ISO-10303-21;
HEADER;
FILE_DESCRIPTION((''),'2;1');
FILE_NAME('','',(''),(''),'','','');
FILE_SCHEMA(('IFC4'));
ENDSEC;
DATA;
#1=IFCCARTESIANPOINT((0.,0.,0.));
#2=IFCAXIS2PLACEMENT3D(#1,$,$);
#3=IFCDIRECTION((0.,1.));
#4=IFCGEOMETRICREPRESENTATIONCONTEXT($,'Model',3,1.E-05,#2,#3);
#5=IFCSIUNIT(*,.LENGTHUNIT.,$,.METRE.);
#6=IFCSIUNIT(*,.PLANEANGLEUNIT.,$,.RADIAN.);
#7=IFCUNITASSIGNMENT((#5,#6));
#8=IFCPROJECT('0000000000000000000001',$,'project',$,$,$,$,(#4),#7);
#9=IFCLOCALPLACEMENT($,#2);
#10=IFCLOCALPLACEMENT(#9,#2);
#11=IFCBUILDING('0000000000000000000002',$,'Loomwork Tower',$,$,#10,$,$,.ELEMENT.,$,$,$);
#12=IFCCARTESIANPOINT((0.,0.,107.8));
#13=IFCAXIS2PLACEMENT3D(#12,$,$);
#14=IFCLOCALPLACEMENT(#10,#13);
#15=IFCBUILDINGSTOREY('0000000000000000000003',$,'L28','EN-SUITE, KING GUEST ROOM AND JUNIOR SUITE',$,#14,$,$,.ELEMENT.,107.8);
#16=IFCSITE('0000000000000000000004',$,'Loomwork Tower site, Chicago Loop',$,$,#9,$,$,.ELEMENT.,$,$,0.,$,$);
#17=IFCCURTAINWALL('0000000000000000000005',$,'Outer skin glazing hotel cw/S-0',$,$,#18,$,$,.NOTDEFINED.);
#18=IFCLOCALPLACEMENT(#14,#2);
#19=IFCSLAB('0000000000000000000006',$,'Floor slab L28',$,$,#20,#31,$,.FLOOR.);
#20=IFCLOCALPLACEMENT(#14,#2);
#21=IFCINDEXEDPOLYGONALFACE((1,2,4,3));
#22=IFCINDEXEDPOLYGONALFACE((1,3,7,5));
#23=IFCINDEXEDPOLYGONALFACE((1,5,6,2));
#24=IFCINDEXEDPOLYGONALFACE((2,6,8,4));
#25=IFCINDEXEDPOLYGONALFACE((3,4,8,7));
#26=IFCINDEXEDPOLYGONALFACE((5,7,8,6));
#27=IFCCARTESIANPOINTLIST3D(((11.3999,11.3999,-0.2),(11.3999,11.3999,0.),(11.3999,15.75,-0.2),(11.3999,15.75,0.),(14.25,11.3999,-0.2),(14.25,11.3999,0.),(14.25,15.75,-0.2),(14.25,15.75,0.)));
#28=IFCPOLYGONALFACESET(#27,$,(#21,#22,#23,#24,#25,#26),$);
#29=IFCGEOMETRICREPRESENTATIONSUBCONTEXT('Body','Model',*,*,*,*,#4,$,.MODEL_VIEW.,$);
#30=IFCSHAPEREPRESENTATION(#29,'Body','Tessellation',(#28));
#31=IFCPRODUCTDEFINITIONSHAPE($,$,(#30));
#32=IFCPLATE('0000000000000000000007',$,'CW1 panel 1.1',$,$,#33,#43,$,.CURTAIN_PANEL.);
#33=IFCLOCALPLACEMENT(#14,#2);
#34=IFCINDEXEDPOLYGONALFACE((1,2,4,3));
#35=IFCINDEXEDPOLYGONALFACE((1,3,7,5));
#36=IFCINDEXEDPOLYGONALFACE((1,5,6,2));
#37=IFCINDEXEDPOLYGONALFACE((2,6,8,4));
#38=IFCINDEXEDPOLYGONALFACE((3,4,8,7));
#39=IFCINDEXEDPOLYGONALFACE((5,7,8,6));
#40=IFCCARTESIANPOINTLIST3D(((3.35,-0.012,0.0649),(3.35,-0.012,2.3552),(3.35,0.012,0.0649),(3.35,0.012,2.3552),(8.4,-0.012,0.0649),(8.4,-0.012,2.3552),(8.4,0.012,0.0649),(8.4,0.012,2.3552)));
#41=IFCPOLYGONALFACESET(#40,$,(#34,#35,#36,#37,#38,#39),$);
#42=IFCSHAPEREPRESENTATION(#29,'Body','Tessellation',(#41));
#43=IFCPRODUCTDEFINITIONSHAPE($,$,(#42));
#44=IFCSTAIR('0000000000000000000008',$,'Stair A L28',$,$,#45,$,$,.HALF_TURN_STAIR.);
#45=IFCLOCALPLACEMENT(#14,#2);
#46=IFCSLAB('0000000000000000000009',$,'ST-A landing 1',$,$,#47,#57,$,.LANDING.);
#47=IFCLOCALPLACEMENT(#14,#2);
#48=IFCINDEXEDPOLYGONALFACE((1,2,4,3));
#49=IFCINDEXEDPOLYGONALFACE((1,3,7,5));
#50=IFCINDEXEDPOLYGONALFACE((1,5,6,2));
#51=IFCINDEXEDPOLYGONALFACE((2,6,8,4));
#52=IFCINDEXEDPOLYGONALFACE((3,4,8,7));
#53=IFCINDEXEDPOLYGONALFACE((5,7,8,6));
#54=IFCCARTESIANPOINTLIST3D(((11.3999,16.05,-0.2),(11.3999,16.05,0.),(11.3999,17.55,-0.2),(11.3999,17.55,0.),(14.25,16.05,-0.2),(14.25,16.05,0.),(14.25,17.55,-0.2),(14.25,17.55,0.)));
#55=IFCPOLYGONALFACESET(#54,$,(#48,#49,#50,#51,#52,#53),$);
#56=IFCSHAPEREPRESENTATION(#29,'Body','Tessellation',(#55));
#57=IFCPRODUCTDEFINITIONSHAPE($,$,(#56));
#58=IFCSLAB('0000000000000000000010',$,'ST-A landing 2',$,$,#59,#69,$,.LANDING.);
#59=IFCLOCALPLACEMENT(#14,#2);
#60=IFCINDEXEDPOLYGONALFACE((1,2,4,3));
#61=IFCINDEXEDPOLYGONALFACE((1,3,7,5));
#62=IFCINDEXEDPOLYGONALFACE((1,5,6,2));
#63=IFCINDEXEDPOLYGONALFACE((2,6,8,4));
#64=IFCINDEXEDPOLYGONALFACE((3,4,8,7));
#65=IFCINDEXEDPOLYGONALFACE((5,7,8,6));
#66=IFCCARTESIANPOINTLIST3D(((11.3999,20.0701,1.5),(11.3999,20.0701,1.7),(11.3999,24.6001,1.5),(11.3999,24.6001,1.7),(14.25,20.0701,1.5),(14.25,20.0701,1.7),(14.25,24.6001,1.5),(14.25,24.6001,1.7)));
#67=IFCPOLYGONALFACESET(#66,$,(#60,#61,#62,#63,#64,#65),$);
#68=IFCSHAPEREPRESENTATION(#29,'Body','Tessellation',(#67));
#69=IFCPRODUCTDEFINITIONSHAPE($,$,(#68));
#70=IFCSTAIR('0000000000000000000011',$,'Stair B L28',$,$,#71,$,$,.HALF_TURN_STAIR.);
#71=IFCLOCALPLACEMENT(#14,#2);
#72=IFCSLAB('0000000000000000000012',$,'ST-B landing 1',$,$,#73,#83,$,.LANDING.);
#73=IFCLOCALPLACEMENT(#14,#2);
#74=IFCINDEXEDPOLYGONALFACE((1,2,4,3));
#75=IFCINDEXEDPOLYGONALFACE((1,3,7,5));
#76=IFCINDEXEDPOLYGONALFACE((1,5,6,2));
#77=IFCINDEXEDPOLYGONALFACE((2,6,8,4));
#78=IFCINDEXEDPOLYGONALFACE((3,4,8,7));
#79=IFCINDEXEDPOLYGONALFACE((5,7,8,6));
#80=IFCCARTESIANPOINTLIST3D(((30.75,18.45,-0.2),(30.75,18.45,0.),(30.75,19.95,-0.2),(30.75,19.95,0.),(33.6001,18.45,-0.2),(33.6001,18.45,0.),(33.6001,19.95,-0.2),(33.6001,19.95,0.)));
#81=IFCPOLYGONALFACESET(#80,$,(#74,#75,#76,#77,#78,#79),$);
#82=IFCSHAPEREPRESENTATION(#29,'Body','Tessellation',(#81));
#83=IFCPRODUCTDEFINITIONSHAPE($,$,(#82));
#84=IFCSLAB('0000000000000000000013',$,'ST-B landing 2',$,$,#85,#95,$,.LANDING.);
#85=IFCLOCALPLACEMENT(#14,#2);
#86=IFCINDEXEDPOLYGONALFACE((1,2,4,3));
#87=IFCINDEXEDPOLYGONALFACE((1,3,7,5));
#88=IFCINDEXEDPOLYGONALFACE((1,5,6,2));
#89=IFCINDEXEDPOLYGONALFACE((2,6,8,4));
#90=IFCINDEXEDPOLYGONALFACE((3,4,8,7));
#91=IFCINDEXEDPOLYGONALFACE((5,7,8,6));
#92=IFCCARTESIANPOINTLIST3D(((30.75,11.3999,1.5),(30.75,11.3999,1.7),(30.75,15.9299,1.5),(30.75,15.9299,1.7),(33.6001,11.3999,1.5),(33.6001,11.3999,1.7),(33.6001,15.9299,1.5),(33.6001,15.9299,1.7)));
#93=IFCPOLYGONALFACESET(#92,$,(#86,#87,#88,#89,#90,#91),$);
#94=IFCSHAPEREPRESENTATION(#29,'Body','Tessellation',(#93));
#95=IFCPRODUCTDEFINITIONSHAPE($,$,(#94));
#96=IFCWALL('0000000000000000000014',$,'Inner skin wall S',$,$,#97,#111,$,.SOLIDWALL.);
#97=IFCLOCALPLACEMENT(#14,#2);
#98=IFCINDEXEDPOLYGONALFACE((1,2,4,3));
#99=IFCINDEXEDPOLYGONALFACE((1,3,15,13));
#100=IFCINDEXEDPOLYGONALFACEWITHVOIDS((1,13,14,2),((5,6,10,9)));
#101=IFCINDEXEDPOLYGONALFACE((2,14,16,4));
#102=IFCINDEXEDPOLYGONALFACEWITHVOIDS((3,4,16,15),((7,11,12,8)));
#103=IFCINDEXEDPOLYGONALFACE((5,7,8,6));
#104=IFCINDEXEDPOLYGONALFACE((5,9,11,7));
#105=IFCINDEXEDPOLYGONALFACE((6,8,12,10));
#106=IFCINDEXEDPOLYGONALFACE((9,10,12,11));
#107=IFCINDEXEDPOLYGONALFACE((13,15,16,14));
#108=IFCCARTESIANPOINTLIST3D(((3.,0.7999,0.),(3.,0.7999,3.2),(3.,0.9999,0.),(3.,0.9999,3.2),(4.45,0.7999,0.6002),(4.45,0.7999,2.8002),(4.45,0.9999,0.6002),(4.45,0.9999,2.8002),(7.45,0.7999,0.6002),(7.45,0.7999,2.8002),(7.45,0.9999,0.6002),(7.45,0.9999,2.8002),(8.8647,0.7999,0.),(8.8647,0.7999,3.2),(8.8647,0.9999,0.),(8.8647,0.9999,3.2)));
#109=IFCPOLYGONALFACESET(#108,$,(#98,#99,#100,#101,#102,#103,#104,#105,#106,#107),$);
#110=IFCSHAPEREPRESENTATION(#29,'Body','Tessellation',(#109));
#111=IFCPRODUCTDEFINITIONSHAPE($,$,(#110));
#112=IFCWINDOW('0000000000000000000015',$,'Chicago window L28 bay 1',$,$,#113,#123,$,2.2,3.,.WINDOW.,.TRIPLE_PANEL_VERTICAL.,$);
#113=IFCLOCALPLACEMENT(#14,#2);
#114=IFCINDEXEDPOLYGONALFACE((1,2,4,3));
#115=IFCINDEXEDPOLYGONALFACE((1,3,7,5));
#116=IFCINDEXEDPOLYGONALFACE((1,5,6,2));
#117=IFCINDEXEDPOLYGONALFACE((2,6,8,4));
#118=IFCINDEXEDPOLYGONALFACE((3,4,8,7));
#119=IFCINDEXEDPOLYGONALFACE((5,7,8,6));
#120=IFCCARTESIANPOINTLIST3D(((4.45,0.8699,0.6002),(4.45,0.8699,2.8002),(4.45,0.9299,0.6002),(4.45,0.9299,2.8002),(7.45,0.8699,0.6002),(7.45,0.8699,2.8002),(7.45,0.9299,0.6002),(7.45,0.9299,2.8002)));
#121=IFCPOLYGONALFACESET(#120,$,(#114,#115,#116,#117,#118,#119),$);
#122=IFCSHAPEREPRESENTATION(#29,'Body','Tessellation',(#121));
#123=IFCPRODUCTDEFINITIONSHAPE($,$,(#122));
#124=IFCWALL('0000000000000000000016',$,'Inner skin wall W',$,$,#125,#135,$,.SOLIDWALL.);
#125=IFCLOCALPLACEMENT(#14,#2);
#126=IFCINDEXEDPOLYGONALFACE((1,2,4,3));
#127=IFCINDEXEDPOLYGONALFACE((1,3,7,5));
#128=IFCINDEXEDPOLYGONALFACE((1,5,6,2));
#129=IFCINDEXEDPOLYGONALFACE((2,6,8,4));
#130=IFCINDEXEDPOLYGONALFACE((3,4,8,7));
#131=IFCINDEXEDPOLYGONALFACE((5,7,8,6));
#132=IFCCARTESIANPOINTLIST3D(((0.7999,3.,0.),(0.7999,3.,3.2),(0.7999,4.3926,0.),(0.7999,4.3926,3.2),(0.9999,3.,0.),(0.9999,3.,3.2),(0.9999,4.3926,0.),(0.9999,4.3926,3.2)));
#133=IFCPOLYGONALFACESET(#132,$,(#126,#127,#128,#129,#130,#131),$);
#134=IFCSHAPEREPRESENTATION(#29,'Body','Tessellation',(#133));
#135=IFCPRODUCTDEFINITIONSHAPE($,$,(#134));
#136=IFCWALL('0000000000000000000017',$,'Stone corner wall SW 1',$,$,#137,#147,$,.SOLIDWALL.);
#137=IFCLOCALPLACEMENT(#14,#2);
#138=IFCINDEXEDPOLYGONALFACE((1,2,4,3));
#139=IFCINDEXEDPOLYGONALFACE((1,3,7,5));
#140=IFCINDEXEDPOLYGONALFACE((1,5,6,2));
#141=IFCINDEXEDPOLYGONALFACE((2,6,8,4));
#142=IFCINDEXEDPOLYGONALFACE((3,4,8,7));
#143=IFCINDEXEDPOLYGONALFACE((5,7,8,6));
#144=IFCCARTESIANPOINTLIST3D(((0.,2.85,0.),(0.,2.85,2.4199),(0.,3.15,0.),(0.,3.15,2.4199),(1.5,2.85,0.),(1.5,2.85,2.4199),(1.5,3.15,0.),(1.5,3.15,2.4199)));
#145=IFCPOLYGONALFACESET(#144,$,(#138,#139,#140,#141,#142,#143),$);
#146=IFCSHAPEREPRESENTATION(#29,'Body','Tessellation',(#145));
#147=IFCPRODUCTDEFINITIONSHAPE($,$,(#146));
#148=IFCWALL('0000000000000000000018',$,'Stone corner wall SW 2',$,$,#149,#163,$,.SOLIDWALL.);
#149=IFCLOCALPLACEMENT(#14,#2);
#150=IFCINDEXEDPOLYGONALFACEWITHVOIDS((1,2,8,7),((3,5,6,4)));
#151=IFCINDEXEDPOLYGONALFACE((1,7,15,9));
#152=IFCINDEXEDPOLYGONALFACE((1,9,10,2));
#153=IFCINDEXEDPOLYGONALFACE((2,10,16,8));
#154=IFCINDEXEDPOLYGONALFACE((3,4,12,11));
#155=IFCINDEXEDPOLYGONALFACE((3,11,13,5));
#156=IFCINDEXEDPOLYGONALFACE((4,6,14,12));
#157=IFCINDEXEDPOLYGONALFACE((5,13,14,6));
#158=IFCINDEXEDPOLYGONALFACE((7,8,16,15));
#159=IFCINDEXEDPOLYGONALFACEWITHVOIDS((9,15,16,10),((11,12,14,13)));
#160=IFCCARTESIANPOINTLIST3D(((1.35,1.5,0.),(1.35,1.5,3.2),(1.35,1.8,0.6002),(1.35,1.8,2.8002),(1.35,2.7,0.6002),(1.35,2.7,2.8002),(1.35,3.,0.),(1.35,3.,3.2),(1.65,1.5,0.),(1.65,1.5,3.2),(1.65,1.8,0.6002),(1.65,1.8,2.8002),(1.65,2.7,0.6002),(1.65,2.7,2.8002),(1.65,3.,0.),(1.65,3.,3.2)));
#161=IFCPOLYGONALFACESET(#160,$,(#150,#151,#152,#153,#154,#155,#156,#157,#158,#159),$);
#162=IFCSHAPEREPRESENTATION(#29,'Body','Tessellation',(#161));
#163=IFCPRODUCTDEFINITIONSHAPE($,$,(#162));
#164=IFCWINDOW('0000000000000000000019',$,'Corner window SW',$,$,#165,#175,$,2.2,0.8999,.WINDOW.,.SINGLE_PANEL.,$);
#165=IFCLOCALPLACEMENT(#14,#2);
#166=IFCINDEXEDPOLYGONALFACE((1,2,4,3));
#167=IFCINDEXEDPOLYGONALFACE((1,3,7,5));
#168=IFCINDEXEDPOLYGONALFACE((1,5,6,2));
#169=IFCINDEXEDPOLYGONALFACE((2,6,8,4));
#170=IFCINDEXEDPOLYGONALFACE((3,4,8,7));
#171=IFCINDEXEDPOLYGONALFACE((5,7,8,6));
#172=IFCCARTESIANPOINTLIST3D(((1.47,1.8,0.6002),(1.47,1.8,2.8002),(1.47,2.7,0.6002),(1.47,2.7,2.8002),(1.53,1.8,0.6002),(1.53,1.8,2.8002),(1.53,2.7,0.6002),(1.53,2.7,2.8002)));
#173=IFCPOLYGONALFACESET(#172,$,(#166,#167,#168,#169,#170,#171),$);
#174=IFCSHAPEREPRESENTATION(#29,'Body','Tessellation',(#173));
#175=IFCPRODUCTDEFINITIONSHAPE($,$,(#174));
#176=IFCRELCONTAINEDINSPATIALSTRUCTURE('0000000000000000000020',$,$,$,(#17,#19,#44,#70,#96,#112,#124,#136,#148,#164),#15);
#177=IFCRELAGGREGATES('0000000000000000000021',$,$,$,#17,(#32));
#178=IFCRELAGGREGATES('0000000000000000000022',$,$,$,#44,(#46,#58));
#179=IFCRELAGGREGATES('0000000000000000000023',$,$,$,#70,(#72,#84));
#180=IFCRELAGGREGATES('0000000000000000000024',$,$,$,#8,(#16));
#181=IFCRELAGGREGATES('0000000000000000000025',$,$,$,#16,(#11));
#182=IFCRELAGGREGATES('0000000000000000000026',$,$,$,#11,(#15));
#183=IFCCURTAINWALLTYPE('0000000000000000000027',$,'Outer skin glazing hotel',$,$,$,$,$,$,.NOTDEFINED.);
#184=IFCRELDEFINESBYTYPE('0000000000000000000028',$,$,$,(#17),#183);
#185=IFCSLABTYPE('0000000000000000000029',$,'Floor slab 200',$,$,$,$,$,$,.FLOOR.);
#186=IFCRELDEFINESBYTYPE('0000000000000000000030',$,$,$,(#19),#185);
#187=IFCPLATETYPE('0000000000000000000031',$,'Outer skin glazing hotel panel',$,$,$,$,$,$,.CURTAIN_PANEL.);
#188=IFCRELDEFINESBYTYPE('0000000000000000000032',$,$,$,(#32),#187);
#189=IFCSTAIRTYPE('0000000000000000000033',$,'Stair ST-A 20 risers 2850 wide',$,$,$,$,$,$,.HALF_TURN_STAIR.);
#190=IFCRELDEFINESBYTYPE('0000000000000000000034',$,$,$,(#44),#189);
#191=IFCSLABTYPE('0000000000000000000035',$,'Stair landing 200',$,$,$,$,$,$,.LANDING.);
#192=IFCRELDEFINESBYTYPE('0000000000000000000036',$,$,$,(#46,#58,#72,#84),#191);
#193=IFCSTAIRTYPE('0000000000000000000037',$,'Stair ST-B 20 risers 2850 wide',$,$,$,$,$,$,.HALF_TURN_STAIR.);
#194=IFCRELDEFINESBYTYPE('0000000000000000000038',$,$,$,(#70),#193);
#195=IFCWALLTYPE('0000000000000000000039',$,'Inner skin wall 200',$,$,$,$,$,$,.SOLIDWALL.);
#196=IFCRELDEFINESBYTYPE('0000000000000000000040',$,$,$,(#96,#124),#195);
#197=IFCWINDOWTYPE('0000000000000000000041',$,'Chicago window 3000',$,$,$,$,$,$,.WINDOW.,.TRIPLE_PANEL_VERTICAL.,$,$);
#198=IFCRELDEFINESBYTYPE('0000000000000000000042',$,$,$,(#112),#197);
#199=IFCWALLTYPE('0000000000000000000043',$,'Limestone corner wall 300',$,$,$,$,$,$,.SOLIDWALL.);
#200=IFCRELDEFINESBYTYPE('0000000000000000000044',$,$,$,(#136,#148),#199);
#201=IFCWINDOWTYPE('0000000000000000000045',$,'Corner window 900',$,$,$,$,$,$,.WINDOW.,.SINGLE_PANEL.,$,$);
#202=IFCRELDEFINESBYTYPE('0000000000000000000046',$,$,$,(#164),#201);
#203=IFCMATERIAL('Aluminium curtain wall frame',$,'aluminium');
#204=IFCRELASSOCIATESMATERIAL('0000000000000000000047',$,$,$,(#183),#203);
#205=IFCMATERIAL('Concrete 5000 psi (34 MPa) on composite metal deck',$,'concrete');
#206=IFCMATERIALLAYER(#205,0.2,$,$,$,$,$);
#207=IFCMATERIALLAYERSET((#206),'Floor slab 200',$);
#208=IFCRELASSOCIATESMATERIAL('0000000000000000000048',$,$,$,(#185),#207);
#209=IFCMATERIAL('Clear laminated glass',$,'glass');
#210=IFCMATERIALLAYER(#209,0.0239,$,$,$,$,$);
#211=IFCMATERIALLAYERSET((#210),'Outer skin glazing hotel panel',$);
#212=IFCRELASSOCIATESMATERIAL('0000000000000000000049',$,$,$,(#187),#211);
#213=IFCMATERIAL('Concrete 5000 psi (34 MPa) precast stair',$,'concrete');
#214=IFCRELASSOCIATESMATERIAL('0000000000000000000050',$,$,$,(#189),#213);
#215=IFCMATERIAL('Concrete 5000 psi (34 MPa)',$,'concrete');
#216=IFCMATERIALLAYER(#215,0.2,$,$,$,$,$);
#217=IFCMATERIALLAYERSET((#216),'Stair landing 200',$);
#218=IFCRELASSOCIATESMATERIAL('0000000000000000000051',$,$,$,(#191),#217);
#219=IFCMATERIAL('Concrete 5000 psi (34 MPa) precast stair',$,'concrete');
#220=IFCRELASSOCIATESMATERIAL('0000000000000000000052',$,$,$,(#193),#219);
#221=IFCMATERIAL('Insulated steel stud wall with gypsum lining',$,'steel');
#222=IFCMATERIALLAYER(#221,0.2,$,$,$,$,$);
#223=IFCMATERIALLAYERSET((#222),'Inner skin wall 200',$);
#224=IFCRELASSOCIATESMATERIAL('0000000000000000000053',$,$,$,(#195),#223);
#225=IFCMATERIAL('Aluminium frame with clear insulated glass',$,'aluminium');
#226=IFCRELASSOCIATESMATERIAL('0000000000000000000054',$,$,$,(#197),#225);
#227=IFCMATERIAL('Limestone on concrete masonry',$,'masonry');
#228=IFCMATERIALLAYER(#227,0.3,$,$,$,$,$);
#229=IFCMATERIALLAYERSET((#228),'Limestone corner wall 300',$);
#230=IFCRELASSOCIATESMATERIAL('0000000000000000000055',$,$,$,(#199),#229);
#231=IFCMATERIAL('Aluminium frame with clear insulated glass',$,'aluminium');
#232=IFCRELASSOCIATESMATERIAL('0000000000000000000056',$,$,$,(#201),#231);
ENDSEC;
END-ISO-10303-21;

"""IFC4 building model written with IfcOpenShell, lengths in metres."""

from ifc_helpers import new_model, si_unit, direction, frame, frame_2d, origin, origin_2d, place, context, subcontext, project, spatial, polyline, rectangle, outline, extrude, material, layer, layer_set, type_object, element, fill, aggregate, save


model = new_model("IFC4")

# Units and contexts
model_context = context("Model", 3, precision=1e-05, world=origin(), true_north=direction((0.0, 1.0)))
body_context = subcontext(model_context, "Body", "Model", "MODEL_VIEW")
ifc_project = project(units=[si_unit("LENGTHUNIT", "METRE"), si_unit("PLANEANGLEUNIT", "RADIAN")], contexts=[model_context])

# Site, building, storey
site_placement = place(None, origin())
site = spatial("IfcSite", under=ifc_project, at=site_placement, Name="Loomwork Tower site, Chicago Loop", CompositionType="ELEMENT", RefElevation=0.0)
building_placement = place(site_placement, origin())
building = spatial("IfcBuilding", under=site, at=building_placement, Name="Loomwork Tower", CompositionType="ELEMENT")
storey_placement = place(building_placement, frame((0.0, 0.0, 107.8)))
storey = spatial("IfcBuildingStorey", under=building, at=storey_placement, Name="L28", Description="EN-SUITE, KING GUEST ROOM AND JUNIOR SUITE", CompositionType="ELEMENT", Elevation=107.8)

# Curtain wall
ifc_material_1 = material(Name="Aluminium curtain wall frame", Category="aluminium")
curtain_wall_type = type_object("IfcCurtainWallType", Name="Outer skin glazing hotel", PredefinedType="NOTDEFINED", material=ifc_material_1)
curtain_wall_placement = place(storey_placement, origin())
curtain_wall = element("IfcCurtainWall", 1, at=curtain_wall_placement, inside=storey, type_object=curtain_wall_type, Name="Outer skin glazing hotel cw/S-0", PredefinedType="NOTDEFINED")

# Slab
ifc_material_2 = material(Name="Concrete 5000 psi (34 MPa) on composite metal deck", Category="concrete")
ifc_layer_1 = layer(ifc_material_2, 0.2)
ifc_layer_set_1 = layer_set([ifc_layer_1], Name="Floor slab 200")
slab_type_1 = type_object("IfcSlabType", Name="Floor slab 200", PredefinedType="FLOOR", material=ifc_layer_set_1)
slab_1_placement = place(storey_placement, frame((0.0, 0.0, -0.2)))
element("IfcSlab", 2, at=slab_1_placement, inside=storey, type_object=slab_type_1, Name="Floor slab L28", PredefinedType="FLOOR", context=body_context, shape_type="SweptSolid", body=[
    extrude(outline(polyline([(14.25, 15.75), (14.25, 11.3999), (11.3999, 11.3999), (11.3999, 15.75), (14.25, 15.75)])), origin(), (0.0, 0.0, 1.0), 0.2),
])

# Plate
ifc_material_3 = material(Name="Clear laminated glass", Category="glass")
ifc_layer_2 = layer(ifc_material_3, 0.0239)
ifc_layer_set_2 = layer_set([ifc_layer_2], Name="Outer skin glazing hotel panel")
plate_type = type_object("IfcPlateType", Name="Outer skin glazing hotel panel", PredefinedType="CURTAIN_PANEL", material=ifc_layer_set_2)
plate_placement = place(storey_placement, frame((5.875, 0.0, 0.0649), z_axis=(0.0, 0.0, 1.0), x_axis=(1.0, 0.0, 0.0)))
plate = element("IfcPlate", 3, at=plate_placement, type_object=plate_type, Name="CW1 panel 1.1", PredefinedType="CURTAIN_PANEL", context=body_context, shape_type="SweptSolid", body=[
    extrude(rectangle(XDim=5.05, YDim=0.0239, at=origin_2d()), origin(), (0.0, 0.0, 1.0), 2.2903),
])
aggregate(curtain_wall, [plate])

# Stairs, slabs
ifc_material_4 = material(Name="Concrete 5000 psi (34 MPa) precast stair", Category="concrete")
stair_type_1 = type_object("IfcStairType", Name="Stair ST-A 20 risers 2850 wide", PredefinedType="HALF_TURN_STAIR", material=ifc_material_4)
stair_1_placement = place(storey_placement, origin())
stair_1 = element("IfcStair", 4, at=stair_1_placement, inside=storey, type_object=stair_type_1, Name="Stair A L28", PredefinedType="HALF_TURN_STAIR")
ifc_material_5 = material(Name="Concrete 5000 psi (34 MPa)", Category="concrete")
ifc_layer_3 = layer(ifc_material_5, 0.2)
ifc_layer_set_3 = layer_set([ifc_layer_3], Name="Stair landing 200")
slab_type_2 = type_object("IfcSlabType", Name="Stair landing 200", PredefinedType="LANDING", material=ifc_layer_set_3)
slab_2_placement = place(storey_placement, frame((0.0, 0.0, -0.2)))
slab_2 = element("IfcSlab", 5, at=slab_2_placement, type_object=slab_type_2, Name="ST-A landing 1", PredefinedType="LANDING", context=body_context, shape_type="SweptSolid", body=[
    extrude(outline(polyline([(11.3999, 16.05), (14.25, 16.05), (14.25, 17.55), (11.3999, 17.55), (11.3999, 16.05)])), origin(), (0.0, 0.0, 1.0), 0.2),
])
slab_3_placement = place(storey_placement, frame((0.0, 0.0, 1.5)))
slab_3 = element("IfcSlab", 6, at=slab_3_placement, type_object=slab_type_2, Name="ST-A landing 2", PredefinedType="LANDING", context=body_context, shape_type="SweptSolid", body=[
    extrude(outline(polyline([(11.3999, 20.0701), (14.25, 20.0701), (14.25, 24.6001), (11.3999, 24.6001), (11.3999, 20.0701)])), origin(), (0.0, 0.0, 1.0), 0.2),
])
aggregate(stair_1, [slab_2, slab_3])
ifc_material_6 = material(Name="Concrete 5000 psi (34 MPa) precast stair", Category="concrete")
stair_type_2 = type_object("IfcStairType", Name="Stair ST-B 20 risers 2850 wide", PredefinedType="HALF_TURN_STAIR", material=ifc_material_6)
stair_2_placement = place(storey_placement, origin())
stair_2 = element("IfcStair", 7, at=stair_2_placement, inside=storey, type_object=stair_type_2, Name="Stair B L28", PredefinedType="HALF_TURN_STAIR")
slab_4_placement = place(storey_placement, frame((0.0, 0.0, -0.2)))
slab_4 = element("IfcSlab", 8, at=slab_4_placement, type_object=slab_type_2, Name="ST-B landing 1", PredefinedType="LANDING", context=body_context, shape_type="SweptSolid", body=[
    extrude(outline(polyline([(30.75, 18.45), (33.6001, 18.45), (33.6001, 19.95), (30.75, 19.95), (30.75, 18.45)])), origin(), (0.0, 0.0, 1.0), 0.2),
])
slab_5_placement = place(storey_placement, frame((0.0, 0.0, 1.5)))
slab_5 = element("IfcSlab", 9, at=slab_5_placement, type_object=slab_type_2, Name="ST-B landing 2", PredefinedType="LANDING", context=body_context, shape_type="SweptSolid", body=[
    extrude(outline(polyline([(30.75, 11.3999), (33.6001, 11.3999), (33.6001, 15.9299), (30.75, 15.9299), (30.75, 11.3999)])), origin(), (0.0, 0.0, 1.0), 0.2),
])
aggregate(stair_2, [slab_4, slab_5])

# Wall, opening, window
ifc_material_7 = material(Name="Insulated steel stud wall with gypsum lining", Category="steel")
ifc_layer_4 = layer(ifc_material_7, 0.2)
ifc_layer_set_4 = layer_set([ifc_layer_4], Name="Inner skin wall 200")
wall_type_1 = type_object("IfcWallType", Name="Inner skin wall 200", PredefinedType="SOLIDWALL", material=ifc_layer_set_4)
wall_1_placement = place(storey_placement, frame((3.0, 0.8999, 0.0), z_axis=(0.0, 0.0, 1.0), x_axis=(1.0, 0.0, 0.0)))
wall_1 = element("IfcWall", 10, at=wall_1_placement, inside=storey, type_object=wall_type_1, Name="Inner skin wall S", PredefinedType="SOLIDWALL", context=body_context, shape_type="SweptSolid", body=[
    extrude(rectangle(XDim=5.8647, YDim=0.2, at=frame_2d((2.9324, 0.0))), origin(), (0.0, 0.0, 1.0), 3.2),
])
opening_1_placement = place(wall_1_placement, frame((1.45, 0.0, 0.6001)))
opening_1 = element("IfcOpeningElement", 11, at=opening_1_placement, cuts=wall_1, PredefinedType="OPENING", context=body_context, shape_type="SweptSolid", body=[
    extrude(rectangle(XDim=3.0, YDim=2.2, at=frame_2d((1.5, 1.1001))), frame((0.0, 0.1099, 0.0), z_axis=(0.0, -1.0, 0.0), x_axis=(1.0, 0.0, 0.0)), (0.0, 0.0, 1.0), 0.22),
])
ifc_material_8 = material(Name="Aluminium frame with clear insulated glass", Category="aluminium")
window_type_1 = type_object("IfcWindowType", Name="Chicago window 3000", PartitioningType="TRIPLE_PANEL_VERTICAL", PredefinedType="WINDOW", material=ifc_material_8)
window_1_placement = place(opening_1_placement, origin())
window_1 = element("IfcWindow", 12, at=window_1_placement, inside=storey, type_object=window_type_1, Name="Chicago window L28 bay 1", OverallHeight=2.2, OverallWidth=3.0, PartitioningType="TRIPLE_PANEL_VERTICAL", PredefinedType="WINDOW", context=body_context, shape_type="SweptSolid", body=[
    extrude(rectangle(XDim=3.0, YDim=2.2, at=frame_2d((1.5, 1.1001))), frame((0.0, 0.03, 0.0), z_axis=(0.0, -1.0, 0.0), x_axis=(1.0, 0.0, 0.0)), (0.0, 0.0, 1.0), 0.0601),
])
fill(opening_1, window_1)

# Walls
wall_2_placement = place(storey_placement, frame((0.8999, 3.0, 0.0), z_axis=(0.0, 0.0, 1.0), x_axis=(0.0, 1.0, 0.0)))
element("IfcWall", 13, at=wall_2_placement, inside=storey, type_object=wall_type_1, Name="Inner skin wall W", PredefinedType="SOLIDWALL", context=body_context, shape_type="SweptSolid", body=[
    extrude(rectangle(XDim=1.3926, YDim=0.2, at=frame_2d((0.6963, 0.0))), origin(), (0.0, 0.0, 1.0), 3.2),
])
ifc_material_9 = material(Name="Limestone on concrete masonry", Category="masonry")
ifc_layer_5 = layer(ifc_material_9, 0.3)
ifc_layer_set_5 = layer_set([ifc_layer_5], Name="Limestone corner wall 300")
wall_type_2 = type_object("IfcWallType", Name="Limestone corner wall 300", PredefinedType="SOLIDWALL", material=ifc_layer_set_5)
wall_3_placement = place(storey_placement, frame((0.0, 3.0, 0.0), z_axis=(0.0, 0.0, 1.0), x_axis=(1.0, 0.0, 0.0)))
element("IfcWall", 14, at=wall_3_placement, inside=storey, type_object=wall_type_2, Name="Stone corner wall SW 1", PredefinedType="SOLIDWALL", context=body_context, shape_type="SweptSolid", body=[
    extrude(rectangle(XDim=1.5, YDim=0.3, at=frame_2d((0.75, 0.0))), origin(), (0.0, 0.0, 1.0), 2.4199),
])

# Wall, opening, window
wall_4_placement = place(storey_placement, frame((1.5, 3.0, 0.0), z_axis=(0.0, 0.0, 1.0), x_axis=(0.0, -1.0, 0.0)))
wall_4 = element("IfcWall", 15, at=wall_4_placement, inside=storey, type_object=wall_type_2, Name="Stone corner wall SW 2", PredefinedType="SOLIDWALL", context=body_context, shape_type="SweptSolid", body=[
    extrude(rectangle(XDim=1.5, YDim=0.3, at=frame_2d((0.75, 0.0))), origin(), (0.0, 0.0, 1.0), 3.2),
])
opening_2_placement = place(wall_4_placement, frame((0.3, 0.0, 0.6001)))
opening_2 = element("IfcOpeningElement", 16, at=opening_2_placement, cuts=wall_4, PredefinedType="OPENING", context=body_context, shape_type="SweptSolid", body=[
    extrude(rectangle(XDim=0.8999, YDim=2.2, at=frame_2d((0.45, 1.1001))), frame((0.0, 0.1599, 0.0), z_axis=(0.0, -1.0, 0.0), x_axis=(1.0, 0.0, 0.0)), (0.0, 0.0, 1.0), 0.3201),
])
ifc_material_10 = material(Name="Aluminium frame with clear insulated glass", Category="aluminium")
window_type_2 = type_object("IfcWindowType", Name="Corner window 900", PartitioningType="SINGLE_PANEL", PredefinedType="WINDOW", material=ifc_material_10)
window_2_placement = place(opening_2_placement, origin())
window_2 = element("IfcWindow", 17, at=window_2_placement, inside=storey, type_object=window_type_2, Name="Corner window SW", OverallHeight=2.2, OverallWidth=0.8999, PartitioningType="SINGLE_PANEL", PredefinedType="WINDOW", context=body_context, shape_type="SweptSolid", body=[
    extrude(rectangle(XDim=0.8999, YDim=2.2, at=frame_2d((0.45, 1.1001))), frame((0.0, 0.03, 0.0), z_axis=(0.0, -1.0, 0.0), x_axis=(1.0, 0.0, 0.0)), (0.0, 0.0, 1.0), 0.0601),
])
fill(opening_2, window_2)

save(model, "model.ifc")
